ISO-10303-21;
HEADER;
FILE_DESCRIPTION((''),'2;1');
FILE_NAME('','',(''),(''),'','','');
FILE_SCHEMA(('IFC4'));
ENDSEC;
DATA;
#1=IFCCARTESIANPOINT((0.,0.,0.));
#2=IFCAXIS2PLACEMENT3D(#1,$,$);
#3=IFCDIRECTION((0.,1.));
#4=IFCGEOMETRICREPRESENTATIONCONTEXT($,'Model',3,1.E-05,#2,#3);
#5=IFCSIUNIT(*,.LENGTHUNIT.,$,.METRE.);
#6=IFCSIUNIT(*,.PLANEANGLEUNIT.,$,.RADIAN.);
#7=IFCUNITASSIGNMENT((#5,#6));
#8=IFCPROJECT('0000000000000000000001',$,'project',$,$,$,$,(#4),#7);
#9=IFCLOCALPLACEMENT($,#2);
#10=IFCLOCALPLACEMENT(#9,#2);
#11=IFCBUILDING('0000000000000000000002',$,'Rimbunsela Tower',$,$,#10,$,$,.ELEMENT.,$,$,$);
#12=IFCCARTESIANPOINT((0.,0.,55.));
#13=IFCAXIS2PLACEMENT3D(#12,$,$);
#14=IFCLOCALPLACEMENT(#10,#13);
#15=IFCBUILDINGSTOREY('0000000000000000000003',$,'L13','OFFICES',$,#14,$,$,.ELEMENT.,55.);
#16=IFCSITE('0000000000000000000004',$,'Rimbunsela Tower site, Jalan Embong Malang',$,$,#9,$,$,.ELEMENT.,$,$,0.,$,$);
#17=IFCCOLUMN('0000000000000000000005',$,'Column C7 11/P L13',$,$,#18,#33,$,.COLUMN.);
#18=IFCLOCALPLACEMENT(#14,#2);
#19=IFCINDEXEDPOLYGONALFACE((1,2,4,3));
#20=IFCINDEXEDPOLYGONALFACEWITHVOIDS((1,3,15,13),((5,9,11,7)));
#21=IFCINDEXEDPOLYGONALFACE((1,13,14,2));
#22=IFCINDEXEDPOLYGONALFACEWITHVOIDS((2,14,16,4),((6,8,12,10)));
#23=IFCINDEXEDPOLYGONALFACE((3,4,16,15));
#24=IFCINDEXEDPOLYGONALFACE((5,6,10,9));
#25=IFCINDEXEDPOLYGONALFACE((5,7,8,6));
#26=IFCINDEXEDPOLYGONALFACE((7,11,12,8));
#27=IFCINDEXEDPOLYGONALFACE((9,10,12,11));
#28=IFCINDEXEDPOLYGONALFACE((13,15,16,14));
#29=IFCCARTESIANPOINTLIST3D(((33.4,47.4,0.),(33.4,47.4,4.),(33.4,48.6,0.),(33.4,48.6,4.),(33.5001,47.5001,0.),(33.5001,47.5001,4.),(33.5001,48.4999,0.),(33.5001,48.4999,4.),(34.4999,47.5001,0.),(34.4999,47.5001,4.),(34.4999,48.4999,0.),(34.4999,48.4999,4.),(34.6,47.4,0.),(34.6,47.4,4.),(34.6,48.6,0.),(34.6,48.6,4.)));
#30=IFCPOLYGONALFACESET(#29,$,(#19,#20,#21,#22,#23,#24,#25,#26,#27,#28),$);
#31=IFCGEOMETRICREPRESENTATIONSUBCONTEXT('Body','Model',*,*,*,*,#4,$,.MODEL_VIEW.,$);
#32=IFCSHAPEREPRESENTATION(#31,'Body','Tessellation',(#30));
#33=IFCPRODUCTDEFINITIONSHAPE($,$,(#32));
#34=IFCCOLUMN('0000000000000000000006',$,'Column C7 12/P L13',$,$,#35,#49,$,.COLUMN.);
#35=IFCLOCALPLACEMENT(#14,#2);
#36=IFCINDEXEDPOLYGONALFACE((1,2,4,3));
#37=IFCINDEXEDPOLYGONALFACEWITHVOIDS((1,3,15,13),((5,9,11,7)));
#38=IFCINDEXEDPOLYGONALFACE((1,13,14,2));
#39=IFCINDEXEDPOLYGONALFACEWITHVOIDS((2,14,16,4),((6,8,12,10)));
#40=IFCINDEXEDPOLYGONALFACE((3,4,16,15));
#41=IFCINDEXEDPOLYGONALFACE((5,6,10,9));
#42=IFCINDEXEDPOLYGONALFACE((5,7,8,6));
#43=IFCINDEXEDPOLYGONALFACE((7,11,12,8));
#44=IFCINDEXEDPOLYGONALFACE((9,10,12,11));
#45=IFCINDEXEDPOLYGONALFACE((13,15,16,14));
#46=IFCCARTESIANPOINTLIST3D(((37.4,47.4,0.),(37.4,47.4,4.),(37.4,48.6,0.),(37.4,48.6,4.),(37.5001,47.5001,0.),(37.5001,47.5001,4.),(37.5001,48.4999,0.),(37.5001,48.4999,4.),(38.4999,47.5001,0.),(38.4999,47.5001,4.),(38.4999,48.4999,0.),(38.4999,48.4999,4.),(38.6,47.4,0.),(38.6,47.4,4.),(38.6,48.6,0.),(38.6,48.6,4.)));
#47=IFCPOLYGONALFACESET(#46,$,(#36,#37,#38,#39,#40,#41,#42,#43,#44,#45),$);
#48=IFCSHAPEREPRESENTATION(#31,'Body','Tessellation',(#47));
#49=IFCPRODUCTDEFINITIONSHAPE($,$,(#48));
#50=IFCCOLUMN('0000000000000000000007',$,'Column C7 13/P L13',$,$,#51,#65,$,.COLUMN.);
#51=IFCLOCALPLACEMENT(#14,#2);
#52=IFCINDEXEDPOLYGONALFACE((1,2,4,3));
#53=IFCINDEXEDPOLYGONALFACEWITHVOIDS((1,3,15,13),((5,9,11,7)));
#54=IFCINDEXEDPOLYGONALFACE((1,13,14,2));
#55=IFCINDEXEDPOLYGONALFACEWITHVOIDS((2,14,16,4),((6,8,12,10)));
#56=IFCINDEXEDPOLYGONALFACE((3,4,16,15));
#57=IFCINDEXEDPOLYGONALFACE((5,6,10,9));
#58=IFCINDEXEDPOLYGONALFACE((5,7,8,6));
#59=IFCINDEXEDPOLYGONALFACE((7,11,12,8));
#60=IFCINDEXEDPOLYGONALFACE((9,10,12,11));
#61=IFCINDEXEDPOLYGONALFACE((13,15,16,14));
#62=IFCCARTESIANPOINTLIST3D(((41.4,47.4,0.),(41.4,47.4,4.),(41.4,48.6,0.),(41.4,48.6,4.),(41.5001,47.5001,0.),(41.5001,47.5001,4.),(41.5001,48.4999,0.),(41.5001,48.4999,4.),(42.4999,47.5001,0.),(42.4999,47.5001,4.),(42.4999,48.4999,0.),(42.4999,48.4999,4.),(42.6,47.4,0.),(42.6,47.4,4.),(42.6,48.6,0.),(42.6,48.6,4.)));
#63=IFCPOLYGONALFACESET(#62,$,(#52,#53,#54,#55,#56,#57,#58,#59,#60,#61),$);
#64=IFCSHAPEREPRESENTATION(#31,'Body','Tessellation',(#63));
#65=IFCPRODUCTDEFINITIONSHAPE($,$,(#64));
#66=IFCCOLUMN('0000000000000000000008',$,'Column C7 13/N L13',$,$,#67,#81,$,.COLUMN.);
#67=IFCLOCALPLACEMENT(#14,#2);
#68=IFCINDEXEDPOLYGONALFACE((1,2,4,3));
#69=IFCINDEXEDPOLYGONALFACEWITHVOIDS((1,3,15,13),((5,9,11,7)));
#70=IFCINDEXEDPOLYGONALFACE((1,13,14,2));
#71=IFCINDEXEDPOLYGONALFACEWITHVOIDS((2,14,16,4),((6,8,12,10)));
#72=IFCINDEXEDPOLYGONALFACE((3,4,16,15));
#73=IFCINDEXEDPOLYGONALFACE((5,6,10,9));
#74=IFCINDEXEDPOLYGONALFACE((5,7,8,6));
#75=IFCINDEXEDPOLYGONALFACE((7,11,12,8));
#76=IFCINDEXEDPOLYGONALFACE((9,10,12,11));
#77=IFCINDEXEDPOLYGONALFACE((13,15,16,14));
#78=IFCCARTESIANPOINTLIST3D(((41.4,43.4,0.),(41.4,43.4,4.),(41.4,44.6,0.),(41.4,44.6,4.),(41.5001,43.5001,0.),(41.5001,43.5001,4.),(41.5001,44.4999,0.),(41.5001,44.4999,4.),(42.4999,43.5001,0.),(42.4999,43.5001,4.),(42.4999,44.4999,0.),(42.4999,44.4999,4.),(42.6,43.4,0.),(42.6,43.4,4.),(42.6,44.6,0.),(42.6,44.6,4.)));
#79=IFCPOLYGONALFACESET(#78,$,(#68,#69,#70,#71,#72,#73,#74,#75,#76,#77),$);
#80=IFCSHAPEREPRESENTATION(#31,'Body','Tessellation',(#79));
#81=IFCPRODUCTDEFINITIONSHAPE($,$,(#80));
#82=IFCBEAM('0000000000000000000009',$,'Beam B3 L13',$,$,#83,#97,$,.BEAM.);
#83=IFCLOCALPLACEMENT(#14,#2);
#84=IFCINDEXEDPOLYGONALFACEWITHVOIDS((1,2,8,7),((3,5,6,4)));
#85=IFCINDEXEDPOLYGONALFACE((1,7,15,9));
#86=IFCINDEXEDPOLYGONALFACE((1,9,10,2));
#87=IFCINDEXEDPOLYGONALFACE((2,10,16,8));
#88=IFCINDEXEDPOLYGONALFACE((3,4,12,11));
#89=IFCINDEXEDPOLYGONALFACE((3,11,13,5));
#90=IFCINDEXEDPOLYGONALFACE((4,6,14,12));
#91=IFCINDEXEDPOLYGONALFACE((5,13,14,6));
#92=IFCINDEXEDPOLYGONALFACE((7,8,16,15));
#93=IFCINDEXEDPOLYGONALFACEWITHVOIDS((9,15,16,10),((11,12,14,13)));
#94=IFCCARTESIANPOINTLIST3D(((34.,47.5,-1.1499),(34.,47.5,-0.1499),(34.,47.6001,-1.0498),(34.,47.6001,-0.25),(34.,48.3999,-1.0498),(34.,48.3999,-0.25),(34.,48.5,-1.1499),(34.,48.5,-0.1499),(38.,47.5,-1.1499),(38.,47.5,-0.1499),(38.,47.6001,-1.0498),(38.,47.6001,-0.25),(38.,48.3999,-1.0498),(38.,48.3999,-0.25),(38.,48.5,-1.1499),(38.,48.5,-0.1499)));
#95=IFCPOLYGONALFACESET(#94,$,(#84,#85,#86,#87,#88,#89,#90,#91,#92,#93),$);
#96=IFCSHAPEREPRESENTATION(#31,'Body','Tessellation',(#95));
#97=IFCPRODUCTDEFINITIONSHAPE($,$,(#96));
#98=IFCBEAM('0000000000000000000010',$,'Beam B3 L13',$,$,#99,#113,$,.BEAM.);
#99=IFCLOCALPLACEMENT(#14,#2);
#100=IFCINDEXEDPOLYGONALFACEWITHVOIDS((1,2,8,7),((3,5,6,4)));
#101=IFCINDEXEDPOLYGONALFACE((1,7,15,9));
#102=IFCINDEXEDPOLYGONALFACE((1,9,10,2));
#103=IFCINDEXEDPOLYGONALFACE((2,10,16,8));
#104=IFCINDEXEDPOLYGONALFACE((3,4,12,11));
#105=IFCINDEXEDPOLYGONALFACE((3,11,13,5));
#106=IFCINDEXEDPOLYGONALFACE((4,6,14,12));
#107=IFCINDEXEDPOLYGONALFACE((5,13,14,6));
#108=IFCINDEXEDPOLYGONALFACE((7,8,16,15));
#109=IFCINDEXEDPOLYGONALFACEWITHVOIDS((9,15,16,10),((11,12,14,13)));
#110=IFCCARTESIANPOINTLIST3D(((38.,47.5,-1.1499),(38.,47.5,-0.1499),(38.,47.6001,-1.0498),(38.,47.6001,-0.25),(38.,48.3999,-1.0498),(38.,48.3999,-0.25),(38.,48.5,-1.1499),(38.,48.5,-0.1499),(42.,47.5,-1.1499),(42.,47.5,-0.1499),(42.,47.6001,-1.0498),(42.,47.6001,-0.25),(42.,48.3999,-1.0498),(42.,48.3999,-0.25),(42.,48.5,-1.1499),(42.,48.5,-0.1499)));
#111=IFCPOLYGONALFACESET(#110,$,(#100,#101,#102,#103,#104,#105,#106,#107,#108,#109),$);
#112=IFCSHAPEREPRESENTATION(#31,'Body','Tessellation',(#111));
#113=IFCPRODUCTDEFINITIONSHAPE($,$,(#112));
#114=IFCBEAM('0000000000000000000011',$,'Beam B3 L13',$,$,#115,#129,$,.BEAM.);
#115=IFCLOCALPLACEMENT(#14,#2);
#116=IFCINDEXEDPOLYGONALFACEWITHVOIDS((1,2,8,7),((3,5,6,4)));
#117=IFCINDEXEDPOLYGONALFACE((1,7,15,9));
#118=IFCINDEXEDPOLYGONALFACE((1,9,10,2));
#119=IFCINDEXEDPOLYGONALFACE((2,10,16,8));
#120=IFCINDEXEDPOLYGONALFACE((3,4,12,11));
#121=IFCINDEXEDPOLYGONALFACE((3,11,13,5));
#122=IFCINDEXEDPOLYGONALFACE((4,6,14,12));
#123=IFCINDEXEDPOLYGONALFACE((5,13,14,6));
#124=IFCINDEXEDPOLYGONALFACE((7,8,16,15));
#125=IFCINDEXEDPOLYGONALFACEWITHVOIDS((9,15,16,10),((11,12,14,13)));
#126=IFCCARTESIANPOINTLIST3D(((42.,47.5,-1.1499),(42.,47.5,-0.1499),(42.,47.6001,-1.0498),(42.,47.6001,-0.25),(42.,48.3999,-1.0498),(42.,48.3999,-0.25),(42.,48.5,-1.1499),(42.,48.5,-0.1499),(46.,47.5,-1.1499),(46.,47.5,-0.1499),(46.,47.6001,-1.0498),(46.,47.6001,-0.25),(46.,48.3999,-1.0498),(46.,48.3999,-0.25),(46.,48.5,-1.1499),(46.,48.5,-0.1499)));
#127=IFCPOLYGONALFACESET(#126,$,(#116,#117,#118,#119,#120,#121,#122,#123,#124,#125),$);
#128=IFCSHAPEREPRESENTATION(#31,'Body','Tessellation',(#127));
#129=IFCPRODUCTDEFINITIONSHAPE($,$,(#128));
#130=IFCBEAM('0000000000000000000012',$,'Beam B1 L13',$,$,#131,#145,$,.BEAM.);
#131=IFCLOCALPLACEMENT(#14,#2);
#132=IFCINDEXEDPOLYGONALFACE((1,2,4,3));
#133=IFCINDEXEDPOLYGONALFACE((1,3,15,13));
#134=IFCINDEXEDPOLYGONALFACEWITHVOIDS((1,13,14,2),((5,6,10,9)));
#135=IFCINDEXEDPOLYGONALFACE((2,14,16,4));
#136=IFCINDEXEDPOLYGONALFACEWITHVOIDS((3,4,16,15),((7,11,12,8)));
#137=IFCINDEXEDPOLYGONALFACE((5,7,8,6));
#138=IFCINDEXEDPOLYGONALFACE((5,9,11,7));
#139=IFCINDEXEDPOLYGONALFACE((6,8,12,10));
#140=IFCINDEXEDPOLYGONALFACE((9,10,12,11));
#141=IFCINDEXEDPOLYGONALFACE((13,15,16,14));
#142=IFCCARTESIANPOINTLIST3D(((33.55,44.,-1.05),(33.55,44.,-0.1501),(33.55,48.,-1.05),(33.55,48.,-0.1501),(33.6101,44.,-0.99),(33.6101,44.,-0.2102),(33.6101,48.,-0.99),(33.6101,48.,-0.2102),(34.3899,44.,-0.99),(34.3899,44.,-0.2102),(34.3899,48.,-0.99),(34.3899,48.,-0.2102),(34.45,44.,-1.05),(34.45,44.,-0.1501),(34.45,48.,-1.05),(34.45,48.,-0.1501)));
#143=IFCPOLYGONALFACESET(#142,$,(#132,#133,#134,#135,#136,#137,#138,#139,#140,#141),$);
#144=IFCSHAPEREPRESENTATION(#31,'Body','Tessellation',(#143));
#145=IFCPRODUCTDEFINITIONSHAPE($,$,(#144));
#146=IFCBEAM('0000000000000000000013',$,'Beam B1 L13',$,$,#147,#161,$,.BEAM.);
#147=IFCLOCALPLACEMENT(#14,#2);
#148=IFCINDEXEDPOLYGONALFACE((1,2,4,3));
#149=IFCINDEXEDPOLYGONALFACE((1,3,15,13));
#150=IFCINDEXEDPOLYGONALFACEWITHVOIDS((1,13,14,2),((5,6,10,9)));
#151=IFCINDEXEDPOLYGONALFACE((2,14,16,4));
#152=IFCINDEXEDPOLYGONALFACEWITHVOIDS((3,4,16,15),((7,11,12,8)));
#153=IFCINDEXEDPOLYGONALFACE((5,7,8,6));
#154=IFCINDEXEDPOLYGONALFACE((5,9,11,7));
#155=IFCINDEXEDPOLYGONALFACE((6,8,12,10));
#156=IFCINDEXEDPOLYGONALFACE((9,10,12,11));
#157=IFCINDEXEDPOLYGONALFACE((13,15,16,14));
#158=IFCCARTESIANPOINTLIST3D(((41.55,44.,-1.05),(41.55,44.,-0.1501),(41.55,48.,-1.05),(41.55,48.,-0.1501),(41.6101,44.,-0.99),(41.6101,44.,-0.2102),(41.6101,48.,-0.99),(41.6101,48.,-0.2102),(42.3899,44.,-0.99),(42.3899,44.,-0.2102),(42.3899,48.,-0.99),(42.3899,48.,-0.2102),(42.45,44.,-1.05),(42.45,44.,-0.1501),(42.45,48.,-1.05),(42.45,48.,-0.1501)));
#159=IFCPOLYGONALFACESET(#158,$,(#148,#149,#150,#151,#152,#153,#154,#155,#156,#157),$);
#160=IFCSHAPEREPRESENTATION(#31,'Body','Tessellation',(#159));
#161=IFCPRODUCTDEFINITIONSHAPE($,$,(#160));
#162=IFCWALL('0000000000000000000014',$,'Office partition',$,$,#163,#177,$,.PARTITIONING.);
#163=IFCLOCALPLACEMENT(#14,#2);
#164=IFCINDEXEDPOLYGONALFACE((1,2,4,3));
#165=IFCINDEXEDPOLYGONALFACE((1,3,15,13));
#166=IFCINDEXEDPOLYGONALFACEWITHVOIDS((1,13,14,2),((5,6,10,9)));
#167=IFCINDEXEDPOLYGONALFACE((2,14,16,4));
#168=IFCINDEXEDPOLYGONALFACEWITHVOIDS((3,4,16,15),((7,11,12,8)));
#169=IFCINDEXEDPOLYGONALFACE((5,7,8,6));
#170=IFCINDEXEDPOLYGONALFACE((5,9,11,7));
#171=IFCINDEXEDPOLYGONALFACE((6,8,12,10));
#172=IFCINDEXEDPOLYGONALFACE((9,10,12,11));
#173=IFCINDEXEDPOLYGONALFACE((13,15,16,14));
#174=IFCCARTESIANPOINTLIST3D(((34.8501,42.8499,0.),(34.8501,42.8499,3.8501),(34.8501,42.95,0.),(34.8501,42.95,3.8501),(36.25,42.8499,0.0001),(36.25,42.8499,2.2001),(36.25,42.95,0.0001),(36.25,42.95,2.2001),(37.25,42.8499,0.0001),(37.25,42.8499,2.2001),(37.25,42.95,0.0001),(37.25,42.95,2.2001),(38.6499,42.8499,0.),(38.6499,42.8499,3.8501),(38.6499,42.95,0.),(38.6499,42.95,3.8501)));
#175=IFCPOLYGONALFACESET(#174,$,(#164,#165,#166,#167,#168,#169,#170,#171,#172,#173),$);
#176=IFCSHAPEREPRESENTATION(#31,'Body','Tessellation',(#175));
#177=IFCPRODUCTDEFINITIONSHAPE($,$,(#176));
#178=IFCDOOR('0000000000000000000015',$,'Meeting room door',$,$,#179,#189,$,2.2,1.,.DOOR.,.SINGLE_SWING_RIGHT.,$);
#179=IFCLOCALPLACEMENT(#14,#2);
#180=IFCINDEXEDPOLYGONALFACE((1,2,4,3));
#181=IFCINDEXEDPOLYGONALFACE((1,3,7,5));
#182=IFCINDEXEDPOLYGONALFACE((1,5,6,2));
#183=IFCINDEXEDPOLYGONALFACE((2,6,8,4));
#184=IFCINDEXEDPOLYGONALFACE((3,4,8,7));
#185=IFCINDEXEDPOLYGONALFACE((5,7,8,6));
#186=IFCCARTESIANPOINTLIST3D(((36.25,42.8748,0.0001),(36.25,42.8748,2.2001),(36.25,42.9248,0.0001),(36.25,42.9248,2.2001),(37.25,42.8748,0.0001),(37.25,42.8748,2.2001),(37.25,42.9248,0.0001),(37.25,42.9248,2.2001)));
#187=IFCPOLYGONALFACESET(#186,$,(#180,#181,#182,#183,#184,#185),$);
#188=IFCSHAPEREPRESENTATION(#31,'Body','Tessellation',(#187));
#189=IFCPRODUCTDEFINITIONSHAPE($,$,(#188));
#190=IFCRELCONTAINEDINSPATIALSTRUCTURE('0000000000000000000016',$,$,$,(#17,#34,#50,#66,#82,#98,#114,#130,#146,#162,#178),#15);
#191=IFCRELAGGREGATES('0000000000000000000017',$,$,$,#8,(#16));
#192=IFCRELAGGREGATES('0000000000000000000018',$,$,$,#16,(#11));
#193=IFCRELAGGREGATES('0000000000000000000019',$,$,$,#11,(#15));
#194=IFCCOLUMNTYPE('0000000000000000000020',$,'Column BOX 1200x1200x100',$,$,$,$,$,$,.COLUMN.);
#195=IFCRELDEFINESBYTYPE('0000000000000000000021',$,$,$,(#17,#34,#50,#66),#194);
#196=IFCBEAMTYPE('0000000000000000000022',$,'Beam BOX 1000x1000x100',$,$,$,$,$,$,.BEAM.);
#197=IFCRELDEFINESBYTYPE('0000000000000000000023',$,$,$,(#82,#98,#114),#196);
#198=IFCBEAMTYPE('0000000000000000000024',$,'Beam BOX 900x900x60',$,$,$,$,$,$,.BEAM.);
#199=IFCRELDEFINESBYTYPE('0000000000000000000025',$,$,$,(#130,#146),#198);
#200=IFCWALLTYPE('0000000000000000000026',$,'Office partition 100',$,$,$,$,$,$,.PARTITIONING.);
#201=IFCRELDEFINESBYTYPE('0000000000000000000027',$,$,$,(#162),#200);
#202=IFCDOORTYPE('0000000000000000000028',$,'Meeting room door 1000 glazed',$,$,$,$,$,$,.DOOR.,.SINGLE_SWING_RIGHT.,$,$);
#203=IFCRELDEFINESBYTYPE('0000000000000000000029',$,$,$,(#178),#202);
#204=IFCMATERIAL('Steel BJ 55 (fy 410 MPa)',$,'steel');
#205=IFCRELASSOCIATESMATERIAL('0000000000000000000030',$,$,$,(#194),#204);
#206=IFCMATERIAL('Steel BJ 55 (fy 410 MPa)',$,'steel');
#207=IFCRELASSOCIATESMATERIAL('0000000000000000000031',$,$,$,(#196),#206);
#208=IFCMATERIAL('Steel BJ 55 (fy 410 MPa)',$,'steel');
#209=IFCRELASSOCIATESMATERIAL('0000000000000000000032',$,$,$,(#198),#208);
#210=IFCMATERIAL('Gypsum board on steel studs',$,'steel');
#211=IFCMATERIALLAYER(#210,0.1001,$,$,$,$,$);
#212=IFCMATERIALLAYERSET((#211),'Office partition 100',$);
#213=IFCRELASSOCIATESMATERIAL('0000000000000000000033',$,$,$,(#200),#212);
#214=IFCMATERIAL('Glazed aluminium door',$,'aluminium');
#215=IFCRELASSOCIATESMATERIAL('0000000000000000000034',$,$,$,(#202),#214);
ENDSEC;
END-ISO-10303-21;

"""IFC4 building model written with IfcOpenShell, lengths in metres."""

from ifc_helpers import new_model, si_unit, direction, frame, frame_2d, origin, origin_2d, place, context, subcontext, project, spatial, rectangle, hollow_rectangle, extrude, material, layer, layer_set, material_profile, profile_set, type_object, element, fill, save


model = new_model("IFC4")

# Units and contexts
model_context = context("Model", 3, precision=1e-05, world=origin(), true_north=direction((0.0, 1.0)))
body_context = subcontext(model_context, "Body", "Model", "MODEL_VIEW")
ifc_project = project(units=[si_unit("LENGTHUNIT", "METRE"), si_unit("PLANEANGLEUNIT", "RADIAN")], contexts=[model_context])

# Site, building, storey
site_placement = place(None, origin())
site = spatial("IfcSite", under=ifc_project, at=site_placement, Name="Rimbunsela Tower site, Jalan Embong Malang", CompositionType="ELEMENT", RefElevation=0.0)
building_placement = place(site_placement, origin())
building = spatial("IfcBuilding", under=site, at=building_placement, Name="Rimbunsela Tower", CompositionType="ELEMENT")
storey_placement = place(building_placement, frame((0.0, 0.0, 55.0)))
storey = spatial("IfcBuildingStorey", under=building, at=storey_placement, Name="L13", Description="OFFICES", CompositionType="ELEMENT", Elevation=55.0)

# Columns
ifc_material_1 = material(Name="Steel BJ 55 (fy 410 MPa)", Category="steel")
ifc_material_profile_1 = material_profile(ifc_material_1, hollow_rectangle(XDim=1.2, YDim=1.2, WallThickness=0.1001, at=origin_2d()), Name="BOX 1200x1200x100")
ifc_profile_set_1 = profile_set([ifc_material_profile_1], Name="Steel BJ 55 (fy 410 MPa)")
column_type = type_object("IfcColumnType", Name="Column BOX 1200x1200x100", PredefinedType="COLUMN", material=ifc_profile_set_1)
for number, where, z_axis, x_axis, name in (
    (1, (34.0, 48.0, 0.0), (0.0, 0.0, 1.0), (1.0, 0.0, 0.0), "Column C7 11/P L13"),
    (2, (38.0, 48.0, 0.0), (0.0, 0.0, 1.0), (1.0, 0.0, 0.0), "Column C7 12/P L13"),
    (3, (42.0, 48.0, 0.0), (0.0, 0.0, 1.0), (1.0, 0.0, 0.0), "Column C7 13/P L13"),
    (4, (42.0, 44.0, 0.0), (0.0, 0.0, 1.0), (1.0, 0.0, 0.0), "Column C7 13/N L13"),
):
    element("IfcColumn", number, at=place(storey_placement, frame(where, z_axis=z_axis, x_axis=x_axis)), inside=storey, type_object=column_type, Name=name, PredefinedType="COLUMN", context=body_context, shape_type="SweptSolid", body=[
        extrude(hollow_rectangle(XDim=1.2, YDim=1.2, WallThickness=0.1001, at=origin_2d()), origin(), (0.0, 0.0, 1.0), 4.0),
    ])

# Beams
ifc_material_2 = material(Name="Steel BJ 55 (fy 410 MPa)", Category="steel")
ifc_material_profile_2 = material_profile(ifc_material_2, hollow_rectangle(XDim=1.0, YDim=1.0, WallThickness=0.1001, at=origin_2d()), Name="BOX 1000x1000x100")
ifc_profile_set_2 = profile_set([ifc_material_profile_2], Name="Steel BJ 55 (fy 410 MPa)")
beam_type_1 = type_object("IfcBeamType", Name="Beam BOX 1000x1000x100", PredefinedType="BEAM", material=ifc_profile_set_2)
for number, where, z_axis, x_axis, name in (
    (5, (34.0, 48.0, -0.6499), (1.0, 0.0, 0.0), (0.0, 1.0, 0.0), "Beam B3 L13"),
    (6, (38.0, 48.0, -0.6499), (1.0, 0.0, 0.0), (0.0, 1.0, 0.0), "Beam B3 L13"),
    (7, (42.0, 48.0, -0.6499), (1.0, 0.0, 0.0), (0.0, 1.0, 0.0), "Beam B3 L13"),
):
    element("IfcBeam", number, at=place(storey_placement, frame(where, z_axis=z_axis, x_axis=x_axis)), inside=storey, type_object=beam_type_1, Name=name, PredefinedType="BEAM", context=body_context, shape_type="SweptSolid", body=[
        extrude(hollow_rectangle(XDim=1.0, YDim=1.0, WallThickness=0.1001, at=origin_2d()), origin(), (0.0, 0.0, 1.0), 4.0),
    ])
ifc_material_3 = material(Name="Steel BJ 55 (fy 410 MPa)", Category="steel")
ifc_material_profile_3 = material_profile(ifc_material_3, hollow_rectangle(XDim=0.8999, YDim=0.8999, WallThickness=0.0601, at=origin_2d()), Name="BOX 900x900x60")
ifc_profile_set_3 = profile_set([ifc_material_profile_3], Name="Steel BJ 55 (fy 410 MPa)")
beam_type_2 = type_object("IfcBeamType", Name="Beam BOX 900x900x60", PredefinedType="BEAM", material=ifc_profile_set_3)
for number, where, z_axis, x_axis, name in (
    (8, (34.0, 44.0, -0.6001), (0.0, 1.0, 0.0), (-1.0, 0.0, 0.0), "Beam B1 L13"),
    (9, (42.0, 44.0, -0.6001), (0.0, 1.0, 0.0), (-1.0, 0.0, 0.0), "Beam B1 L13"),
):
    element("IfcBeam", number, at=place(storey_placement, frame(where, z_axis=z_axis, x_axis=x_axis)), inside=storey, type_object=beam_type_2, Name=name, PredefinedType="BEAM", context=body_context, shape_type="SweptSolid", body=[
        extrude(hollow_rectangle(XDim=0.8999, YDim=0.8999, WallThickness=0.0601, at=origin_2d()), origin(), (0.0, 0.0, 1.0), 4.0),
    ])

# Wall, opening, door
ifc_material_4 = material(Name="Gypsum board on steel studs", Category="steel")
ifc_layer_1 = layer(ifc_material_4, 0.1001)
ifc_layer_set_1 = layer_set([ifc_layer_1], Name="Office partition 100")
wall_type_1 = type_object("IfcWallType", Name="Office partition 100", PredefinedType="PARTITIONING", material=ifc_layer_set_1)
wall_1_placement = place(storey_placement, frame((34.8501, 42.8999, 0.0), z_axis=(0.0, 0.0, 1.0), x_axis=(1.0, 0.0, 0.0)))
wall_1 = element("IfcWall", 10, at=wall_1_placement, inside=storey, type_object=wall_type_1, Name="Office partition", PredefinedType="PARTITIONING", context=body_context, shape_type="SweptSolid", body=[
    extrude(rectangle(XDim=3.7998, YDim=0.1001, at=frame_2d((1.8999, 0.0))), origin(), (0.0, 0.0, 1.0), 3.8501),
])
opening_1_placement = place(wall_1_placement, frame((1.3999, 0.0, 0.0)))
opening_1 = element("IfcOpeningElement", 11, at=opening_1_placement, cuts=wall_1, PredefinedType="OPENING", context=body_context, shape_type="SweptSolid", body=[
    extrude(rectangle(XDim=1.0, YDim=2.2, at=frame_2d((0.5, 1.1001))), frame((0.0, 0.0601, 0.0), z_axis=(0.0, -1.0, 0.0), x_axis=(1.0, 0.0, 0.0)), (0.0, 0.0, 1.0), 0.1201),
])
ifc_material_5 = material(Name="Glazed aluminium door", Category="aluminium")
door_type = type_object("IfcDoorType", Name="Meeting room door 1000 glazed", OperationType="SINGLE_SWING_RIGHT", PredefinedType="DOOR", material=ifc_material_5)
door_placement = place(opening_1_placement, origin())
door = element("IfcDoor", 12, at=door_placement, inside=storey, type_object=door_type, Name="Meeting room door", OperationType="SINGLE_SWING_RIGHT", OverallHeight=2.2, OverallWidth=1.0, PredefinedType="DOOR", context=body_context, shape_type="SweptSolid", body=[
    extrude(rectangle(XDim=1.0, YDim=2.2, at=frame_2d((0.5, 1.1001))), frame((0.0, 0.0249, 0.0), z_axis=(0.0, -1.0, 0.0), x_axis=(1.0, 0.0, 0.0)), (0.0, 0.0, 1.0), 0.05),
])
fill(opening_1, door)

save(model, "model.ifc")
